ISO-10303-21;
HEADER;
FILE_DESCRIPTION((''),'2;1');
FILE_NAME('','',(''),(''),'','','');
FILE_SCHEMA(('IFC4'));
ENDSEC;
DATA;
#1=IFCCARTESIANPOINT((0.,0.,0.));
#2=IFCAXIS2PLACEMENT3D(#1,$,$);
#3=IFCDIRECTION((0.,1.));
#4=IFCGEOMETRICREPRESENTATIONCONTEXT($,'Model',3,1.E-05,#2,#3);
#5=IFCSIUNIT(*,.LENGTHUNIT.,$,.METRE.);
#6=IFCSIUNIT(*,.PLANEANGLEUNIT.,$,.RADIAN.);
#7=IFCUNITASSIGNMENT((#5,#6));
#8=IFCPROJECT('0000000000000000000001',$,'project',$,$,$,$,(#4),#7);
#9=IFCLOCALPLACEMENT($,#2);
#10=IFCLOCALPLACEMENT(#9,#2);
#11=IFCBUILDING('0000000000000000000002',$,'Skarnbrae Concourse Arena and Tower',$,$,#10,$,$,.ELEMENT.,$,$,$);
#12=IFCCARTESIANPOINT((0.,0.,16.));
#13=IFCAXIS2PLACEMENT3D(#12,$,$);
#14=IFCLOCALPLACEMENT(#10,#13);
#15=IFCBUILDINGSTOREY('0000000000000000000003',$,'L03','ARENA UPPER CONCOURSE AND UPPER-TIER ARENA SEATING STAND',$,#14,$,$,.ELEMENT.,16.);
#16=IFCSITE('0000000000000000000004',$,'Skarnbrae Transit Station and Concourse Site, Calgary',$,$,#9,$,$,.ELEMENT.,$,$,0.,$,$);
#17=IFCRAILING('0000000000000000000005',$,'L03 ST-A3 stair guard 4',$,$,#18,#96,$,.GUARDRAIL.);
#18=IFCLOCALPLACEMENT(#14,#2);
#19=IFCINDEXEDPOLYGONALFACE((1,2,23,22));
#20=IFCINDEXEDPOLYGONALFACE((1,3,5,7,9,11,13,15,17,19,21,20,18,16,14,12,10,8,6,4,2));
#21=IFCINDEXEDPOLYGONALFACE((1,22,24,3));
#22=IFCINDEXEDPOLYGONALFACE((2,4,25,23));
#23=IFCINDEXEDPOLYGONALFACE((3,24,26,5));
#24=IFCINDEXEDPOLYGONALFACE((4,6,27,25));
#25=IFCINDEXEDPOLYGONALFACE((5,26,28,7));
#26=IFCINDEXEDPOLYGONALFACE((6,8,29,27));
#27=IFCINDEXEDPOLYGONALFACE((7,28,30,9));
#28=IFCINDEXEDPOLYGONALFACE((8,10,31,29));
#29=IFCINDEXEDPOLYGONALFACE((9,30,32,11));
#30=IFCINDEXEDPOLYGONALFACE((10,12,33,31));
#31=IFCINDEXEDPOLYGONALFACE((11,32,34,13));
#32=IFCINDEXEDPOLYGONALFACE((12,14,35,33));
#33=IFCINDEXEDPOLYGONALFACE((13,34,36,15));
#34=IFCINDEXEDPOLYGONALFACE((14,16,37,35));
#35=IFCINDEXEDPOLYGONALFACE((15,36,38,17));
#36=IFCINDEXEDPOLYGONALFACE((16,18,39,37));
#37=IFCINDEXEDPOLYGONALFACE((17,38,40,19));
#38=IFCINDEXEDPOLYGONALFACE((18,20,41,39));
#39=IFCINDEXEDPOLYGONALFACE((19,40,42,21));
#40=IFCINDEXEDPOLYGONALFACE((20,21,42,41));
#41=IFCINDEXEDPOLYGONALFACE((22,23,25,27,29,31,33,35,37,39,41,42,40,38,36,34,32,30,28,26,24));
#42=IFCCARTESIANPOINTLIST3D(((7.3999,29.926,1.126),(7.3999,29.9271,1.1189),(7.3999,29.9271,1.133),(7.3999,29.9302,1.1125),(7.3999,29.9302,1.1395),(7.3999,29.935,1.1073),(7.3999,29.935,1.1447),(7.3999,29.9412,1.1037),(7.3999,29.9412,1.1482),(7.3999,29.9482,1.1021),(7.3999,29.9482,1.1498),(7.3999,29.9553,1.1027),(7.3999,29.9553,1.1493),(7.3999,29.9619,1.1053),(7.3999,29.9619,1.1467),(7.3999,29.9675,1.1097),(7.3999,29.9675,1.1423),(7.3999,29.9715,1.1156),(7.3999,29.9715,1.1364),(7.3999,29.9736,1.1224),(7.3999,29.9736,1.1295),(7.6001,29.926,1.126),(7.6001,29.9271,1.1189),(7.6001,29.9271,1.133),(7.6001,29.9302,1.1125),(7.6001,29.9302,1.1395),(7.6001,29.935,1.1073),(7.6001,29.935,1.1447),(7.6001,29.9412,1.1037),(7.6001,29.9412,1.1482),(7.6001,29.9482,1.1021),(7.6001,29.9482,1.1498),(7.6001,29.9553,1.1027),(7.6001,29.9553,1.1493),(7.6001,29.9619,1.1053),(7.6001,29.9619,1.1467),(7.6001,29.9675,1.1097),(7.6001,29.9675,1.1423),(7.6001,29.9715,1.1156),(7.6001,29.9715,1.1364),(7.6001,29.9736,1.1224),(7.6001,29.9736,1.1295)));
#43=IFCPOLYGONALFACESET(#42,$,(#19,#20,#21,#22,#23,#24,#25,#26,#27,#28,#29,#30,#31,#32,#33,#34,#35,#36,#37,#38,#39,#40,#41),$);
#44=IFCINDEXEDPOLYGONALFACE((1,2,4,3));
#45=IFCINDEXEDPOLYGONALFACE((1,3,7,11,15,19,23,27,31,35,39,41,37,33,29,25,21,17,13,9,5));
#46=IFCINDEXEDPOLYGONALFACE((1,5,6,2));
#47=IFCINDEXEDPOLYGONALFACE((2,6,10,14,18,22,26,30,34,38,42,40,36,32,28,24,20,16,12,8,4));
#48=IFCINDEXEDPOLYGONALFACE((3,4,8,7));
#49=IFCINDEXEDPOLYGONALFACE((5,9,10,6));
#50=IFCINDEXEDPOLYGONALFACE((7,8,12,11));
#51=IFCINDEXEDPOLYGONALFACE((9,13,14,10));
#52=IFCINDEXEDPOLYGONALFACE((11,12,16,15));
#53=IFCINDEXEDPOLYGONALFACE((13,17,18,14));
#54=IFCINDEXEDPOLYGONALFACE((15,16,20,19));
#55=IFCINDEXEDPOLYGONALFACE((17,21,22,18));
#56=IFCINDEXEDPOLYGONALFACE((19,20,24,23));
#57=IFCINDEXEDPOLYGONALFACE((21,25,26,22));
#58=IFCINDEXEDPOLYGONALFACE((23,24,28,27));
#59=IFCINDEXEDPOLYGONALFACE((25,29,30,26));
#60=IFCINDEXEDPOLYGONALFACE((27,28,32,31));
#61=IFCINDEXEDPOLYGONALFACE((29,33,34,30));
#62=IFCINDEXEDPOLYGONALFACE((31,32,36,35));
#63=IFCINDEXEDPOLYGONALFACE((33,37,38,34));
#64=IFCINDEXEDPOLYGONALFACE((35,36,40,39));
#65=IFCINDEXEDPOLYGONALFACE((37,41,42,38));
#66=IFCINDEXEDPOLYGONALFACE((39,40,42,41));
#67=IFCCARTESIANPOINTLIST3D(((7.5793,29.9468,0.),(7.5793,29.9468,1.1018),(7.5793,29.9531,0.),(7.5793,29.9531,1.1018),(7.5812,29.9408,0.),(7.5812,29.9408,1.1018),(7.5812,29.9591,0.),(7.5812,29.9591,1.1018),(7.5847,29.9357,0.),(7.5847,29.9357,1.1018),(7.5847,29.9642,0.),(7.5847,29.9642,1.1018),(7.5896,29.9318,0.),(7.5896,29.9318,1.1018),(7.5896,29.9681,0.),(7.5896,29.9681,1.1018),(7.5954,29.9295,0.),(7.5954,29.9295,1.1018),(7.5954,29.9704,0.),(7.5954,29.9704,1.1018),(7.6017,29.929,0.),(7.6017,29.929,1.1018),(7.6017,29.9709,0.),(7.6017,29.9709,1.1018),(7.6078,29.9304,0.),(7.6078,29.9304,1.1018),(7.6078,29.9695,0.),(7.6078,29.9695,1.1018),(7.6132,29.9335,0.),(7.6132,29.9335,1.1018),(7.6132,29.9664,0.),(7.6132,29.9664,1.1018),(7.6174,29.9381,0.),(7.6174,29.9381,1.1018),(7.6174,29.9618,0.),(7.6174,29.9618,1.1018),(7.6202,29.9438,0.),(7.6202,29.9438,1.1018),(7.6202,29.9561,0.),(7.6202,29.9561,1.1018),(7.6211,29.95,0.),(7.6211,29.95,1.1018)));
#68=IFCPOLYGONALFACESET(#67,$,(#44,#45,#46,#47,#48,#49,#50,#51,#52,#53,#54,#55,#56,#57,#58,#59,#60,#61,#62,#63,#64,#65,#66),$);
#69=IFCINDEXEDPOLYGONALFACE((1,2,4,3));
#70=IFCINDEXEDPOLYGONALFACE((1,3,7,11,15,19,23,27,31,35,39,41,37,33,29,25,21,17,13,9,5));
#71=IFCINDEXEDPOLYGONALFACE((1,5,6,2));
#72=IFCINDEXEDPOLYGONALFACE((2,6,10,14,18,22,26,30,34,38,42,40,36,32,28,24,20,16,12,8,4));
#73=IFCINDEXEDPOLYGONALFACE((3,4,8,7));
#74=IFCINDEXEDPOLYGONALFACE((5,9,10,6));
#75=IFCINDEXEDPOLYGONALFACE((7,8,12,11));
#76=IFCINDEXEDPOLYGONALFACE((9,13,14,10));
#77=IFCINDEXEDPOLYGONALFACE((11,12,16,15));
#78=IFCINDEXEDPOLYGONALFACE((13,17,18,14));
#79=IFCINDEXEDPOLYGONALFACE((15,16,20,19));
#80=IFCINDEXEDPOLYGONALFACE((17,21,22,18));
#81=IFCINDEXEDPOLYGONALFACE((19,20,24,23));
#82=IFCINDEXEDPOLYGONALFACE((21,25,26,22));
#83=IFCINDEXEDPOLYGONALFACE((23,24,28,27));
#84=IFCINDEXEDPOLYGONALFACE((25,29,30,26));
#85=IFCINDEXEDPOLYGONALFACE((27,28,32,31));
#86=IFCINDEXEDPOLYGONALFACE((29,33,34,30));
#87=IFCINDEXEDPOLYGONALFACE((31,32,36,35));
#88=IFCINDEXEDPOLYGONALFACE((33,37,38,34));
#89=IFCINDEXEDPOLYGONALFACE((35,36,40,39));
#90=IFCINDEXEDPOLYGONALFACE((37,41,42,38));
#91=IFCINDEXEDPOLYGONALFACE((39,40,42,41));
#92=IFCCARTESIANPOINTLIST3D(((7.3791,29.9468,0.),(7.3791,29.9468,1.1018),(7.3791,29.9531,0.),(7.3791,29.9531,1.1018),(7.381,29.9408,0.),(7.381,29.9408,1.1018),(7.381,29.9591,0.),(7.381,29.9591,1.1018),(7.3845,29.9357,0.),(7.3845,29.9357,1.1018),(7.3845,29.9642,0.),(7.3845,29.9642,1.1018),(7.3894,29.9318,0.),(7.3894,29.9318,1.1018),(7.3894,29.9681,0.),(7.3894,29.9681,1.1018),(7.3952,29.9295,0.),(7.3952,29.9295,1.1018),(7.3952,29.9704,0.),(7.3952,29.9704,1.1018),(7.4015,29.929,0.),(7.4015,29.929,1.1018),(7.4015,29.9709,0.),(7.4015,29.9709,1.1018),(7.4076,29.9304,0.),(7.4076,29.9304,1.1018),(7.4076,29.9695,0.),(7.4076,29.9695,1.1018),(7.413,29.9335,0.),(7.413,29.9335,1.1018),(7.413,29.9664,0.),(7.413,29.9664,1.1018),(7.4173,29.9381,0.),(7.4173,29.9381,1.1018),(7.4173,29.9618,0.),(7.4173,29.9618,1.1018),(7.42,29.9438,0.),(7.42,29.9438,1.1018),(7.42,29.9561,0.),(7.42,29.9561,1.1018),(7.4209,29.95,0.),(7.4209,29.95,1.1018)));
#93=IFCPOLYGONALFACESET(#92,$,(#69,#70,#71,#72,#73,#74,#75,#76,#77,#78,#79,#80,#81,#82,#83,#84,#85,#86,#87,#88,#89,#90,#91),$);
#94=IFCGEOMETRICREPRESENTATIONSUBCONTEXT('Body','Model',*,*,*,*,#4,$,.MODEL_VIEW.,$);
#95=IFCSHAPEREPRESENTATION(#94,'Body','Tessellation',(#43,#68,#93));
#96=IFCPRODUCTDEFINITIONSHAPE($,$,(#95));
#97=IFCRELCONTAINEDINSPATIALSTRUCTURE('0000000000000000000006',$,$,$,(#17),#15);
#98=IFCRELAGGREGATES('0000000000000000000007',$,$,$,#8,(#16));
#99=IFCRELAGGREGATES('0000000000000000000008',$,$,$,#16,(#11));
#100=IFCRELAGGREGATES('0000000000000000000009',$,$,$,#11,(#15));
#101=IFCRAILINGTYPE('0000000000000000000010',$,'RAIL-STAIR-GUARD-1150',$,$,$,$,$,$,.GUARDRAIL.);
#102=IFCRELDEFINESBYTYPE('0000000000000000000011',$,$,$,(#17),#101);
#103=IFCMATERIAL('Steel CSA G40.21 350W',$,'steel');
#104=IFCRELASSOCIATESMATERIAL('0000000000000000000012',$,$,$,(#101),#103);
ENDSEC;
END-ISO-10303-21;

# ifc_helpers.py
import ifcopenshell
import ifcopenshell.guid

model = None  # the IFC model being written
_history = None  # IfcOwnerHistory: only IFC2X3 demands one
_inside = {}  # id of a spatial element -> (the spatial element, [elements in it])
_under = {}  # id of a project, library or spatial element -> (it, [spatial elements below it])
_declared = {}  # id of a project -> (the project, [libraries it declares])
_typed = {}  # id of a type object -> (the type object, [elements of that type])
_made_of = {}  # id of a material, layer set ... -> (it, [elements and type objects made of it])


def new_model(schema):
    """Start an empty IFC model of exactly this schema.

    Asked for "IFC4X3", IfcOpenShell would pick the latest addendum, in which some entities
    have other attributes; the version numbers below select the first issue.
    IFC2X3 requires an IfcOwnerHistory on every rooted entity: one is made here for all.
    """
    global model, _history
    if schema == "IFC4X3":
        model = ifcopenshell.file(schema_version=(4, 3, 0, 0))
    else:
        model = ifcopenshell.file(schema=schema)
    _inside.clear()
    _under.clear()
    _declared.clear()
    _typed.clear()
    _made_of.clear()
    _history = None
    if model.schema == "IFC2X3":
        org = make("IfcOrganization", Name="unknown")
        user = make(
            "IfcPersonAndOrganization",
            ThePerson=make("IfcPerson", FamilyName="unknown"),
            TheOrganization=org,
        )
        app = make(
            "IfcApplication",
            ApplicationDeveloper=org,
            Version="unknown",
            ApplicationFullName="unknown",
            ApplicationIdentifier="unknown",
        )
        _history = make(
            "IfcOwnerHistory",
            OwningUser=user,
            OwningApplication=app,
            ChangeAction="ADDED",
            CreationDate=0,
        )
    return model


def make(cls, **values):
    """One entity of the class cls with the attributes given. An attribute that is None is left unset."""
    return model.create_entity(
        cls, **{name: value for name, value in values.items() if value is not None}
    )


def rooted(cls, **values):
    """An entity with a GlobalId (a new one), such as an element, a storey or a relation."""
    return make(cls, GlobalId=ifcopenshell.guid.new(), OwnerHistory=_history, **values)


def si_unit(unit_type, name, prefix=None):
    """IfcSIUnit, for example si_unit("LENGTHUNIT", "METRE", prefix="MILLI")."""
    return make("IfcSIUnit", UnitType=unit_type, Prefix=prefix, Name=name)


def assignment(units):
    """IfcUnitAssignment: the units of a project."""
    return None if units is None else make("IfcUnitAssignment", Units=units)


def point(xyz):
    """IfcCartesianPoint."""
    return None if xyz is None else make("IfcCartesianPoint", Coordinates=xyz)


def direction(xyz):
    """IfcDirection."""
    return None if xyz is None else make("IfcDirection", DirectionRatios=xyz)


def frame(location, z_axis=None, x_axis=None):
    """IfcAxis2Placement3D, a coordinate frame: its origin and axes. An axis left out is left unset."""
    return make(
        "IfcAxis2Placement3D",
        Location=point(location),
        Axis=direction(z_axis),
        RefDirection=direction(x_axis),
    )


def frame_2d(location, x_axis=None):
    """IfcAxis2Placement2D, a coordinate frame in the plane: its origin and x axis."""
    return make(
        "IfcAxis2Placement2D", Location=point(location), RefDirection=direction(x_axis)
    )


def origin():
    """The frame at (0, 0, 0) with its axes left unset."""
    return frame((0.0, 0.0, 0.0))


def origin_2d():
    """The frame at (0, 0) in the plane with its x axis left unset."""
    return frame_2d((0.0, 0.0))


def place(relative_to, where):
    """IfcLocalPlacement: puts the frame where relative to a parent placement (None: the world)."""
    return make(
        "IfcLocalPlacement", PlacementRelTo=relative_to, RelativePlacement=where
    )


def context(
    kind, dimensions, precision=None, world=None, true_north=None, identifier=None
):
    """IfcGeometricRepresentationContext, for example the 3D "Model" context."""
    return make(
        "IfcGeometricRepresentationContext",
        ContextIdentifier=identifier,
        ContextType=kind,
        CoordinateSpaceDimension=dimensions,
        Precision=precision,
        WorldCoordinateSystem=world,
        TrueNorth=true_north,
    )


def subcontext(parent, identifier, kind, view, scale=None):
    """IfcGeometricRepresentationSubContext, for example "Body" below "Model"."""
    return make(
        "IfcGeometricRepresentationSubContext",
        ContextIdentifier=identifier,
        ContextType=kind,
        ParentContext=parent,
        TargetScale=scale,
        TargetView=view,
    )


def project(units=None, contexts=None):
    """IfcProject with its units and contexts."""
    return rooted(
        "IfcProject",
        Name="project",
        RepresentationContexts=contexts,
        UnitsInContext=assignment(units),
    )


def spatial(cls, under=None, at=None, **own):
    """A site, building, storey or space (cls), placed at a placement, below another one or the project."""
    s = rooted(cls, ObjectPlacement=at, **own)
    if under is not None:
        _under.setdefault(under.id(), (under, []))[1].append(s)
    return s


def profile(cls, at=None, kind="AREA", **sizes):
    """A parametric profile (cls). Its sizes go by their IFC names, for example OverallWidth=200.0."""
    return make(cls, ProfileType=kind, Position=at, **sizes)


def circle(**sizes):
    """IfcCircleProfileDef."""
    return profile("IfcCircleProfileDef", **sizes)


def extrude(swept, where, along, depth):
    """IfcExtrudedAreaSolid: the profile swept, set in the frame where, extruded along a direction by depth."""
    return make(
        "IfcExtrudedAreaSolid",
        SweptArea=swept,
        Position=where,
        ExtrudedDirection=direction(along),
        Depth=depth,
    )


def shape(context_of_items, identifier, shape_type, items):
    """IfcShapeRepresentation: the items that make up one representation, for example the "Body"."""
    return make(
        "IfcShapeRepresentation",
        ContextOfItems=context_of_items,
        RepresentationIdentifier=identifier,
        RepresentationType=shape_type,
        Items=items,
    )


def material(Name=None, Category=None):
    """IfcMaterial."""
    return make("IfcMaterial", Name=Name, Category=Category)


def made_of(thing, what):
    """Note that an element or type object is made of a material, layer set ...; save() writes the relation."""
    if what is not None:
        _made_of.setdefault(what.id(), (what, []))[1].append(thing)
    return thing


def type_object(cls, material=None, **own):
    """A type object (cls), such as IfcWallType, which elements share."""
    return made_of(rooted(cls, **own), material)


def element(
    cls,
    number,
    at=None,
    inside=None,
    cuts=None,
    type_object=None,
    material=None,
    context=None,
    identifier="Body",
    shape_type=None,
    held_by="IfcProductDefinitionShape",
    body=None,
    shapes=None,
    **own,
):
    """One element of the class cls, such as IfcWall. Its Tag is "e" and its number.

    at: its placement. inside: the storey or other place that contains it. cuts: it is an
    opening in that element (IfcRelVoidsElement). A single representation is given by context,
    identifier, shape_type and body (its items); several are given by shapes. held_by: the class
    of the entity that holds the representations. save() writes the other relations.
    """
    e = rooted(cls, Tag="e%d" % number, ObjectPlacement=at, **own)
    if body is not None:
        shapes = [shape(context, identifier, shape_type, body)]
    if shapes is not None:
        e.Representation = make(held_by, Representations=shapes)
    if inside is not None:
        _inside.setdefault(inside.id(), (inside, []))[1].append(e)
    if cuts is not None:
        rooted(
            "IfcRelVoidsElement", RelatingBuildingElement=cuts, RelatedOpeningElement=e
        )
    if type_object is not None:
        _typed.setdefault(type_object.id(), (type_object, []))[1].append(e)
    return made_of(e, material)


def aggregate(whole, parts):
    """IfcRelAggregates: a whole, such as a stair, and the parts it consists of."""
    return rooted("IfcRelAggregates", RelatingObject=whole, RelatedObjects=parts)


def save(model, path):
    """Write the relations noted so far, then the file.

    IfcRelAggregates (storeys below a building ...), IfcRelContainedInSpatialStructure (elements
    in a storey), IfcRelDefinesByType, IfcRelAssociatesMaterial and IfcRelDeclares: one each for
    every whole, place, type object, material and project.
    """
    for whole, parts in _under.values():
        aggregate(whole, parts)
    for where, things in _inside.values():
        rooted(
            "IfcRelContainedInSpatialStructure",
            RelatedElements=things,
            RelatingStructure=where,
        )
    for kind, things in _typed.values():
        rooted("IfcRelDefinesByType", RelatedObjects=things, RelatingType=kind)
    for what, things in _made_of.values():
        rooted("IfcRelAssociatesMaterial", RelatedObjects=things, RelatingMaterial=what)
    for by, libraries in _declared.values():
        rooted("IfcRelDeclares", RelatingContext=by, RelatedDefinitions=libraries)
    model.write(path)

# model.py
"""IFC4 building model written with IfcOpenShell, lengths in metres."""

from ifc_helpers import new_model, si_unit, direction, frame, origin, origin_2d, place, context, subcontext, project, spatial, circle, extrude, material, type_object, element, save


model = new_model("IFC4")

# Units and contexts
model_context = context("Model", 3, precision=1e-05, world=origin(), true_north=direction((0.0, 1.0)))
body_context = subcontext(model_context, "Body", "Model", "MODEL_VIEW")
ifc_project = project(units=[si_unit("LENGTHUNIT", "METRE"), si_unit("PLANEANGLEUNIT", "RADIAN")], contexts=[model_context])

# Site, building, storey
site_placement = place(None, origin())
site = spatial("IfcSite", under=ifc_project, at=site_placement, Name="Skarnbrae Transit Station and Concourse Site, Calgary", CompositionType="ELEMENT", RefElevation=0.0)
building_placement = place(site_placement, origin())
building = spatial("IfcBuilding", under=site, at=building_placement, Name="Skarnbrae Concourse Arena and Tower", CompositionType="ELEMENT")
storey_placement = place(building_placement, frame((0.0, 0.0, 16.0)))
storey = spatial("IfcBuildingStorey", under=building, at=storey_placement, Name="L03", Description="ARENA UPPER CONCOURSE AND UPPER-TIER ARENA SEATING STAND", CompositionType="ELEMENT", Elevation=16.0)

# Shared definitions
ifc_material_1 = material(Name="Steel CSA G40.21 350W", Category="steel")

# Railing
railing_type_1 = type_object("IfcRailingType", Name="RAIL-STAIR-GUARD-1150", PredefinedType="GUARDRAIL", material=ifc_material_1)
railing_1_placement = place(storey_placement, frame((7.6001, 29.95, 0.0)))
element("IfcRailing", 1, at=railing_1_placement, inside=storey, type_object=railing_type_1, Name="L03 ST-A3 stair guard 4", PredefinedType="GUARDRAIL", context=body_context, shape_type="SweptSolid", body=[
    extrude(circle(Radius=0.0239, at=origin_2d()), frame((0.0, 0.0, 1.126), z_axis=(-1.0, 0.0, 0.0), x_axis=(0.0, -1.0, 0.0)), (0.0, 0.0, 1.0), 0.2002),
    extrude(circle(Radius=0.021, at=origin_2d()), origin(), (0.0, 0.0, 1.0), 1.1018),
    extrude(circle(Radius=0.021, at=origin_2d()), frame((-0.2002, 0.0, 0.0)), (0.0, 0.0, 1.0), 1.1018),
])

save(model, "model.ifc")
